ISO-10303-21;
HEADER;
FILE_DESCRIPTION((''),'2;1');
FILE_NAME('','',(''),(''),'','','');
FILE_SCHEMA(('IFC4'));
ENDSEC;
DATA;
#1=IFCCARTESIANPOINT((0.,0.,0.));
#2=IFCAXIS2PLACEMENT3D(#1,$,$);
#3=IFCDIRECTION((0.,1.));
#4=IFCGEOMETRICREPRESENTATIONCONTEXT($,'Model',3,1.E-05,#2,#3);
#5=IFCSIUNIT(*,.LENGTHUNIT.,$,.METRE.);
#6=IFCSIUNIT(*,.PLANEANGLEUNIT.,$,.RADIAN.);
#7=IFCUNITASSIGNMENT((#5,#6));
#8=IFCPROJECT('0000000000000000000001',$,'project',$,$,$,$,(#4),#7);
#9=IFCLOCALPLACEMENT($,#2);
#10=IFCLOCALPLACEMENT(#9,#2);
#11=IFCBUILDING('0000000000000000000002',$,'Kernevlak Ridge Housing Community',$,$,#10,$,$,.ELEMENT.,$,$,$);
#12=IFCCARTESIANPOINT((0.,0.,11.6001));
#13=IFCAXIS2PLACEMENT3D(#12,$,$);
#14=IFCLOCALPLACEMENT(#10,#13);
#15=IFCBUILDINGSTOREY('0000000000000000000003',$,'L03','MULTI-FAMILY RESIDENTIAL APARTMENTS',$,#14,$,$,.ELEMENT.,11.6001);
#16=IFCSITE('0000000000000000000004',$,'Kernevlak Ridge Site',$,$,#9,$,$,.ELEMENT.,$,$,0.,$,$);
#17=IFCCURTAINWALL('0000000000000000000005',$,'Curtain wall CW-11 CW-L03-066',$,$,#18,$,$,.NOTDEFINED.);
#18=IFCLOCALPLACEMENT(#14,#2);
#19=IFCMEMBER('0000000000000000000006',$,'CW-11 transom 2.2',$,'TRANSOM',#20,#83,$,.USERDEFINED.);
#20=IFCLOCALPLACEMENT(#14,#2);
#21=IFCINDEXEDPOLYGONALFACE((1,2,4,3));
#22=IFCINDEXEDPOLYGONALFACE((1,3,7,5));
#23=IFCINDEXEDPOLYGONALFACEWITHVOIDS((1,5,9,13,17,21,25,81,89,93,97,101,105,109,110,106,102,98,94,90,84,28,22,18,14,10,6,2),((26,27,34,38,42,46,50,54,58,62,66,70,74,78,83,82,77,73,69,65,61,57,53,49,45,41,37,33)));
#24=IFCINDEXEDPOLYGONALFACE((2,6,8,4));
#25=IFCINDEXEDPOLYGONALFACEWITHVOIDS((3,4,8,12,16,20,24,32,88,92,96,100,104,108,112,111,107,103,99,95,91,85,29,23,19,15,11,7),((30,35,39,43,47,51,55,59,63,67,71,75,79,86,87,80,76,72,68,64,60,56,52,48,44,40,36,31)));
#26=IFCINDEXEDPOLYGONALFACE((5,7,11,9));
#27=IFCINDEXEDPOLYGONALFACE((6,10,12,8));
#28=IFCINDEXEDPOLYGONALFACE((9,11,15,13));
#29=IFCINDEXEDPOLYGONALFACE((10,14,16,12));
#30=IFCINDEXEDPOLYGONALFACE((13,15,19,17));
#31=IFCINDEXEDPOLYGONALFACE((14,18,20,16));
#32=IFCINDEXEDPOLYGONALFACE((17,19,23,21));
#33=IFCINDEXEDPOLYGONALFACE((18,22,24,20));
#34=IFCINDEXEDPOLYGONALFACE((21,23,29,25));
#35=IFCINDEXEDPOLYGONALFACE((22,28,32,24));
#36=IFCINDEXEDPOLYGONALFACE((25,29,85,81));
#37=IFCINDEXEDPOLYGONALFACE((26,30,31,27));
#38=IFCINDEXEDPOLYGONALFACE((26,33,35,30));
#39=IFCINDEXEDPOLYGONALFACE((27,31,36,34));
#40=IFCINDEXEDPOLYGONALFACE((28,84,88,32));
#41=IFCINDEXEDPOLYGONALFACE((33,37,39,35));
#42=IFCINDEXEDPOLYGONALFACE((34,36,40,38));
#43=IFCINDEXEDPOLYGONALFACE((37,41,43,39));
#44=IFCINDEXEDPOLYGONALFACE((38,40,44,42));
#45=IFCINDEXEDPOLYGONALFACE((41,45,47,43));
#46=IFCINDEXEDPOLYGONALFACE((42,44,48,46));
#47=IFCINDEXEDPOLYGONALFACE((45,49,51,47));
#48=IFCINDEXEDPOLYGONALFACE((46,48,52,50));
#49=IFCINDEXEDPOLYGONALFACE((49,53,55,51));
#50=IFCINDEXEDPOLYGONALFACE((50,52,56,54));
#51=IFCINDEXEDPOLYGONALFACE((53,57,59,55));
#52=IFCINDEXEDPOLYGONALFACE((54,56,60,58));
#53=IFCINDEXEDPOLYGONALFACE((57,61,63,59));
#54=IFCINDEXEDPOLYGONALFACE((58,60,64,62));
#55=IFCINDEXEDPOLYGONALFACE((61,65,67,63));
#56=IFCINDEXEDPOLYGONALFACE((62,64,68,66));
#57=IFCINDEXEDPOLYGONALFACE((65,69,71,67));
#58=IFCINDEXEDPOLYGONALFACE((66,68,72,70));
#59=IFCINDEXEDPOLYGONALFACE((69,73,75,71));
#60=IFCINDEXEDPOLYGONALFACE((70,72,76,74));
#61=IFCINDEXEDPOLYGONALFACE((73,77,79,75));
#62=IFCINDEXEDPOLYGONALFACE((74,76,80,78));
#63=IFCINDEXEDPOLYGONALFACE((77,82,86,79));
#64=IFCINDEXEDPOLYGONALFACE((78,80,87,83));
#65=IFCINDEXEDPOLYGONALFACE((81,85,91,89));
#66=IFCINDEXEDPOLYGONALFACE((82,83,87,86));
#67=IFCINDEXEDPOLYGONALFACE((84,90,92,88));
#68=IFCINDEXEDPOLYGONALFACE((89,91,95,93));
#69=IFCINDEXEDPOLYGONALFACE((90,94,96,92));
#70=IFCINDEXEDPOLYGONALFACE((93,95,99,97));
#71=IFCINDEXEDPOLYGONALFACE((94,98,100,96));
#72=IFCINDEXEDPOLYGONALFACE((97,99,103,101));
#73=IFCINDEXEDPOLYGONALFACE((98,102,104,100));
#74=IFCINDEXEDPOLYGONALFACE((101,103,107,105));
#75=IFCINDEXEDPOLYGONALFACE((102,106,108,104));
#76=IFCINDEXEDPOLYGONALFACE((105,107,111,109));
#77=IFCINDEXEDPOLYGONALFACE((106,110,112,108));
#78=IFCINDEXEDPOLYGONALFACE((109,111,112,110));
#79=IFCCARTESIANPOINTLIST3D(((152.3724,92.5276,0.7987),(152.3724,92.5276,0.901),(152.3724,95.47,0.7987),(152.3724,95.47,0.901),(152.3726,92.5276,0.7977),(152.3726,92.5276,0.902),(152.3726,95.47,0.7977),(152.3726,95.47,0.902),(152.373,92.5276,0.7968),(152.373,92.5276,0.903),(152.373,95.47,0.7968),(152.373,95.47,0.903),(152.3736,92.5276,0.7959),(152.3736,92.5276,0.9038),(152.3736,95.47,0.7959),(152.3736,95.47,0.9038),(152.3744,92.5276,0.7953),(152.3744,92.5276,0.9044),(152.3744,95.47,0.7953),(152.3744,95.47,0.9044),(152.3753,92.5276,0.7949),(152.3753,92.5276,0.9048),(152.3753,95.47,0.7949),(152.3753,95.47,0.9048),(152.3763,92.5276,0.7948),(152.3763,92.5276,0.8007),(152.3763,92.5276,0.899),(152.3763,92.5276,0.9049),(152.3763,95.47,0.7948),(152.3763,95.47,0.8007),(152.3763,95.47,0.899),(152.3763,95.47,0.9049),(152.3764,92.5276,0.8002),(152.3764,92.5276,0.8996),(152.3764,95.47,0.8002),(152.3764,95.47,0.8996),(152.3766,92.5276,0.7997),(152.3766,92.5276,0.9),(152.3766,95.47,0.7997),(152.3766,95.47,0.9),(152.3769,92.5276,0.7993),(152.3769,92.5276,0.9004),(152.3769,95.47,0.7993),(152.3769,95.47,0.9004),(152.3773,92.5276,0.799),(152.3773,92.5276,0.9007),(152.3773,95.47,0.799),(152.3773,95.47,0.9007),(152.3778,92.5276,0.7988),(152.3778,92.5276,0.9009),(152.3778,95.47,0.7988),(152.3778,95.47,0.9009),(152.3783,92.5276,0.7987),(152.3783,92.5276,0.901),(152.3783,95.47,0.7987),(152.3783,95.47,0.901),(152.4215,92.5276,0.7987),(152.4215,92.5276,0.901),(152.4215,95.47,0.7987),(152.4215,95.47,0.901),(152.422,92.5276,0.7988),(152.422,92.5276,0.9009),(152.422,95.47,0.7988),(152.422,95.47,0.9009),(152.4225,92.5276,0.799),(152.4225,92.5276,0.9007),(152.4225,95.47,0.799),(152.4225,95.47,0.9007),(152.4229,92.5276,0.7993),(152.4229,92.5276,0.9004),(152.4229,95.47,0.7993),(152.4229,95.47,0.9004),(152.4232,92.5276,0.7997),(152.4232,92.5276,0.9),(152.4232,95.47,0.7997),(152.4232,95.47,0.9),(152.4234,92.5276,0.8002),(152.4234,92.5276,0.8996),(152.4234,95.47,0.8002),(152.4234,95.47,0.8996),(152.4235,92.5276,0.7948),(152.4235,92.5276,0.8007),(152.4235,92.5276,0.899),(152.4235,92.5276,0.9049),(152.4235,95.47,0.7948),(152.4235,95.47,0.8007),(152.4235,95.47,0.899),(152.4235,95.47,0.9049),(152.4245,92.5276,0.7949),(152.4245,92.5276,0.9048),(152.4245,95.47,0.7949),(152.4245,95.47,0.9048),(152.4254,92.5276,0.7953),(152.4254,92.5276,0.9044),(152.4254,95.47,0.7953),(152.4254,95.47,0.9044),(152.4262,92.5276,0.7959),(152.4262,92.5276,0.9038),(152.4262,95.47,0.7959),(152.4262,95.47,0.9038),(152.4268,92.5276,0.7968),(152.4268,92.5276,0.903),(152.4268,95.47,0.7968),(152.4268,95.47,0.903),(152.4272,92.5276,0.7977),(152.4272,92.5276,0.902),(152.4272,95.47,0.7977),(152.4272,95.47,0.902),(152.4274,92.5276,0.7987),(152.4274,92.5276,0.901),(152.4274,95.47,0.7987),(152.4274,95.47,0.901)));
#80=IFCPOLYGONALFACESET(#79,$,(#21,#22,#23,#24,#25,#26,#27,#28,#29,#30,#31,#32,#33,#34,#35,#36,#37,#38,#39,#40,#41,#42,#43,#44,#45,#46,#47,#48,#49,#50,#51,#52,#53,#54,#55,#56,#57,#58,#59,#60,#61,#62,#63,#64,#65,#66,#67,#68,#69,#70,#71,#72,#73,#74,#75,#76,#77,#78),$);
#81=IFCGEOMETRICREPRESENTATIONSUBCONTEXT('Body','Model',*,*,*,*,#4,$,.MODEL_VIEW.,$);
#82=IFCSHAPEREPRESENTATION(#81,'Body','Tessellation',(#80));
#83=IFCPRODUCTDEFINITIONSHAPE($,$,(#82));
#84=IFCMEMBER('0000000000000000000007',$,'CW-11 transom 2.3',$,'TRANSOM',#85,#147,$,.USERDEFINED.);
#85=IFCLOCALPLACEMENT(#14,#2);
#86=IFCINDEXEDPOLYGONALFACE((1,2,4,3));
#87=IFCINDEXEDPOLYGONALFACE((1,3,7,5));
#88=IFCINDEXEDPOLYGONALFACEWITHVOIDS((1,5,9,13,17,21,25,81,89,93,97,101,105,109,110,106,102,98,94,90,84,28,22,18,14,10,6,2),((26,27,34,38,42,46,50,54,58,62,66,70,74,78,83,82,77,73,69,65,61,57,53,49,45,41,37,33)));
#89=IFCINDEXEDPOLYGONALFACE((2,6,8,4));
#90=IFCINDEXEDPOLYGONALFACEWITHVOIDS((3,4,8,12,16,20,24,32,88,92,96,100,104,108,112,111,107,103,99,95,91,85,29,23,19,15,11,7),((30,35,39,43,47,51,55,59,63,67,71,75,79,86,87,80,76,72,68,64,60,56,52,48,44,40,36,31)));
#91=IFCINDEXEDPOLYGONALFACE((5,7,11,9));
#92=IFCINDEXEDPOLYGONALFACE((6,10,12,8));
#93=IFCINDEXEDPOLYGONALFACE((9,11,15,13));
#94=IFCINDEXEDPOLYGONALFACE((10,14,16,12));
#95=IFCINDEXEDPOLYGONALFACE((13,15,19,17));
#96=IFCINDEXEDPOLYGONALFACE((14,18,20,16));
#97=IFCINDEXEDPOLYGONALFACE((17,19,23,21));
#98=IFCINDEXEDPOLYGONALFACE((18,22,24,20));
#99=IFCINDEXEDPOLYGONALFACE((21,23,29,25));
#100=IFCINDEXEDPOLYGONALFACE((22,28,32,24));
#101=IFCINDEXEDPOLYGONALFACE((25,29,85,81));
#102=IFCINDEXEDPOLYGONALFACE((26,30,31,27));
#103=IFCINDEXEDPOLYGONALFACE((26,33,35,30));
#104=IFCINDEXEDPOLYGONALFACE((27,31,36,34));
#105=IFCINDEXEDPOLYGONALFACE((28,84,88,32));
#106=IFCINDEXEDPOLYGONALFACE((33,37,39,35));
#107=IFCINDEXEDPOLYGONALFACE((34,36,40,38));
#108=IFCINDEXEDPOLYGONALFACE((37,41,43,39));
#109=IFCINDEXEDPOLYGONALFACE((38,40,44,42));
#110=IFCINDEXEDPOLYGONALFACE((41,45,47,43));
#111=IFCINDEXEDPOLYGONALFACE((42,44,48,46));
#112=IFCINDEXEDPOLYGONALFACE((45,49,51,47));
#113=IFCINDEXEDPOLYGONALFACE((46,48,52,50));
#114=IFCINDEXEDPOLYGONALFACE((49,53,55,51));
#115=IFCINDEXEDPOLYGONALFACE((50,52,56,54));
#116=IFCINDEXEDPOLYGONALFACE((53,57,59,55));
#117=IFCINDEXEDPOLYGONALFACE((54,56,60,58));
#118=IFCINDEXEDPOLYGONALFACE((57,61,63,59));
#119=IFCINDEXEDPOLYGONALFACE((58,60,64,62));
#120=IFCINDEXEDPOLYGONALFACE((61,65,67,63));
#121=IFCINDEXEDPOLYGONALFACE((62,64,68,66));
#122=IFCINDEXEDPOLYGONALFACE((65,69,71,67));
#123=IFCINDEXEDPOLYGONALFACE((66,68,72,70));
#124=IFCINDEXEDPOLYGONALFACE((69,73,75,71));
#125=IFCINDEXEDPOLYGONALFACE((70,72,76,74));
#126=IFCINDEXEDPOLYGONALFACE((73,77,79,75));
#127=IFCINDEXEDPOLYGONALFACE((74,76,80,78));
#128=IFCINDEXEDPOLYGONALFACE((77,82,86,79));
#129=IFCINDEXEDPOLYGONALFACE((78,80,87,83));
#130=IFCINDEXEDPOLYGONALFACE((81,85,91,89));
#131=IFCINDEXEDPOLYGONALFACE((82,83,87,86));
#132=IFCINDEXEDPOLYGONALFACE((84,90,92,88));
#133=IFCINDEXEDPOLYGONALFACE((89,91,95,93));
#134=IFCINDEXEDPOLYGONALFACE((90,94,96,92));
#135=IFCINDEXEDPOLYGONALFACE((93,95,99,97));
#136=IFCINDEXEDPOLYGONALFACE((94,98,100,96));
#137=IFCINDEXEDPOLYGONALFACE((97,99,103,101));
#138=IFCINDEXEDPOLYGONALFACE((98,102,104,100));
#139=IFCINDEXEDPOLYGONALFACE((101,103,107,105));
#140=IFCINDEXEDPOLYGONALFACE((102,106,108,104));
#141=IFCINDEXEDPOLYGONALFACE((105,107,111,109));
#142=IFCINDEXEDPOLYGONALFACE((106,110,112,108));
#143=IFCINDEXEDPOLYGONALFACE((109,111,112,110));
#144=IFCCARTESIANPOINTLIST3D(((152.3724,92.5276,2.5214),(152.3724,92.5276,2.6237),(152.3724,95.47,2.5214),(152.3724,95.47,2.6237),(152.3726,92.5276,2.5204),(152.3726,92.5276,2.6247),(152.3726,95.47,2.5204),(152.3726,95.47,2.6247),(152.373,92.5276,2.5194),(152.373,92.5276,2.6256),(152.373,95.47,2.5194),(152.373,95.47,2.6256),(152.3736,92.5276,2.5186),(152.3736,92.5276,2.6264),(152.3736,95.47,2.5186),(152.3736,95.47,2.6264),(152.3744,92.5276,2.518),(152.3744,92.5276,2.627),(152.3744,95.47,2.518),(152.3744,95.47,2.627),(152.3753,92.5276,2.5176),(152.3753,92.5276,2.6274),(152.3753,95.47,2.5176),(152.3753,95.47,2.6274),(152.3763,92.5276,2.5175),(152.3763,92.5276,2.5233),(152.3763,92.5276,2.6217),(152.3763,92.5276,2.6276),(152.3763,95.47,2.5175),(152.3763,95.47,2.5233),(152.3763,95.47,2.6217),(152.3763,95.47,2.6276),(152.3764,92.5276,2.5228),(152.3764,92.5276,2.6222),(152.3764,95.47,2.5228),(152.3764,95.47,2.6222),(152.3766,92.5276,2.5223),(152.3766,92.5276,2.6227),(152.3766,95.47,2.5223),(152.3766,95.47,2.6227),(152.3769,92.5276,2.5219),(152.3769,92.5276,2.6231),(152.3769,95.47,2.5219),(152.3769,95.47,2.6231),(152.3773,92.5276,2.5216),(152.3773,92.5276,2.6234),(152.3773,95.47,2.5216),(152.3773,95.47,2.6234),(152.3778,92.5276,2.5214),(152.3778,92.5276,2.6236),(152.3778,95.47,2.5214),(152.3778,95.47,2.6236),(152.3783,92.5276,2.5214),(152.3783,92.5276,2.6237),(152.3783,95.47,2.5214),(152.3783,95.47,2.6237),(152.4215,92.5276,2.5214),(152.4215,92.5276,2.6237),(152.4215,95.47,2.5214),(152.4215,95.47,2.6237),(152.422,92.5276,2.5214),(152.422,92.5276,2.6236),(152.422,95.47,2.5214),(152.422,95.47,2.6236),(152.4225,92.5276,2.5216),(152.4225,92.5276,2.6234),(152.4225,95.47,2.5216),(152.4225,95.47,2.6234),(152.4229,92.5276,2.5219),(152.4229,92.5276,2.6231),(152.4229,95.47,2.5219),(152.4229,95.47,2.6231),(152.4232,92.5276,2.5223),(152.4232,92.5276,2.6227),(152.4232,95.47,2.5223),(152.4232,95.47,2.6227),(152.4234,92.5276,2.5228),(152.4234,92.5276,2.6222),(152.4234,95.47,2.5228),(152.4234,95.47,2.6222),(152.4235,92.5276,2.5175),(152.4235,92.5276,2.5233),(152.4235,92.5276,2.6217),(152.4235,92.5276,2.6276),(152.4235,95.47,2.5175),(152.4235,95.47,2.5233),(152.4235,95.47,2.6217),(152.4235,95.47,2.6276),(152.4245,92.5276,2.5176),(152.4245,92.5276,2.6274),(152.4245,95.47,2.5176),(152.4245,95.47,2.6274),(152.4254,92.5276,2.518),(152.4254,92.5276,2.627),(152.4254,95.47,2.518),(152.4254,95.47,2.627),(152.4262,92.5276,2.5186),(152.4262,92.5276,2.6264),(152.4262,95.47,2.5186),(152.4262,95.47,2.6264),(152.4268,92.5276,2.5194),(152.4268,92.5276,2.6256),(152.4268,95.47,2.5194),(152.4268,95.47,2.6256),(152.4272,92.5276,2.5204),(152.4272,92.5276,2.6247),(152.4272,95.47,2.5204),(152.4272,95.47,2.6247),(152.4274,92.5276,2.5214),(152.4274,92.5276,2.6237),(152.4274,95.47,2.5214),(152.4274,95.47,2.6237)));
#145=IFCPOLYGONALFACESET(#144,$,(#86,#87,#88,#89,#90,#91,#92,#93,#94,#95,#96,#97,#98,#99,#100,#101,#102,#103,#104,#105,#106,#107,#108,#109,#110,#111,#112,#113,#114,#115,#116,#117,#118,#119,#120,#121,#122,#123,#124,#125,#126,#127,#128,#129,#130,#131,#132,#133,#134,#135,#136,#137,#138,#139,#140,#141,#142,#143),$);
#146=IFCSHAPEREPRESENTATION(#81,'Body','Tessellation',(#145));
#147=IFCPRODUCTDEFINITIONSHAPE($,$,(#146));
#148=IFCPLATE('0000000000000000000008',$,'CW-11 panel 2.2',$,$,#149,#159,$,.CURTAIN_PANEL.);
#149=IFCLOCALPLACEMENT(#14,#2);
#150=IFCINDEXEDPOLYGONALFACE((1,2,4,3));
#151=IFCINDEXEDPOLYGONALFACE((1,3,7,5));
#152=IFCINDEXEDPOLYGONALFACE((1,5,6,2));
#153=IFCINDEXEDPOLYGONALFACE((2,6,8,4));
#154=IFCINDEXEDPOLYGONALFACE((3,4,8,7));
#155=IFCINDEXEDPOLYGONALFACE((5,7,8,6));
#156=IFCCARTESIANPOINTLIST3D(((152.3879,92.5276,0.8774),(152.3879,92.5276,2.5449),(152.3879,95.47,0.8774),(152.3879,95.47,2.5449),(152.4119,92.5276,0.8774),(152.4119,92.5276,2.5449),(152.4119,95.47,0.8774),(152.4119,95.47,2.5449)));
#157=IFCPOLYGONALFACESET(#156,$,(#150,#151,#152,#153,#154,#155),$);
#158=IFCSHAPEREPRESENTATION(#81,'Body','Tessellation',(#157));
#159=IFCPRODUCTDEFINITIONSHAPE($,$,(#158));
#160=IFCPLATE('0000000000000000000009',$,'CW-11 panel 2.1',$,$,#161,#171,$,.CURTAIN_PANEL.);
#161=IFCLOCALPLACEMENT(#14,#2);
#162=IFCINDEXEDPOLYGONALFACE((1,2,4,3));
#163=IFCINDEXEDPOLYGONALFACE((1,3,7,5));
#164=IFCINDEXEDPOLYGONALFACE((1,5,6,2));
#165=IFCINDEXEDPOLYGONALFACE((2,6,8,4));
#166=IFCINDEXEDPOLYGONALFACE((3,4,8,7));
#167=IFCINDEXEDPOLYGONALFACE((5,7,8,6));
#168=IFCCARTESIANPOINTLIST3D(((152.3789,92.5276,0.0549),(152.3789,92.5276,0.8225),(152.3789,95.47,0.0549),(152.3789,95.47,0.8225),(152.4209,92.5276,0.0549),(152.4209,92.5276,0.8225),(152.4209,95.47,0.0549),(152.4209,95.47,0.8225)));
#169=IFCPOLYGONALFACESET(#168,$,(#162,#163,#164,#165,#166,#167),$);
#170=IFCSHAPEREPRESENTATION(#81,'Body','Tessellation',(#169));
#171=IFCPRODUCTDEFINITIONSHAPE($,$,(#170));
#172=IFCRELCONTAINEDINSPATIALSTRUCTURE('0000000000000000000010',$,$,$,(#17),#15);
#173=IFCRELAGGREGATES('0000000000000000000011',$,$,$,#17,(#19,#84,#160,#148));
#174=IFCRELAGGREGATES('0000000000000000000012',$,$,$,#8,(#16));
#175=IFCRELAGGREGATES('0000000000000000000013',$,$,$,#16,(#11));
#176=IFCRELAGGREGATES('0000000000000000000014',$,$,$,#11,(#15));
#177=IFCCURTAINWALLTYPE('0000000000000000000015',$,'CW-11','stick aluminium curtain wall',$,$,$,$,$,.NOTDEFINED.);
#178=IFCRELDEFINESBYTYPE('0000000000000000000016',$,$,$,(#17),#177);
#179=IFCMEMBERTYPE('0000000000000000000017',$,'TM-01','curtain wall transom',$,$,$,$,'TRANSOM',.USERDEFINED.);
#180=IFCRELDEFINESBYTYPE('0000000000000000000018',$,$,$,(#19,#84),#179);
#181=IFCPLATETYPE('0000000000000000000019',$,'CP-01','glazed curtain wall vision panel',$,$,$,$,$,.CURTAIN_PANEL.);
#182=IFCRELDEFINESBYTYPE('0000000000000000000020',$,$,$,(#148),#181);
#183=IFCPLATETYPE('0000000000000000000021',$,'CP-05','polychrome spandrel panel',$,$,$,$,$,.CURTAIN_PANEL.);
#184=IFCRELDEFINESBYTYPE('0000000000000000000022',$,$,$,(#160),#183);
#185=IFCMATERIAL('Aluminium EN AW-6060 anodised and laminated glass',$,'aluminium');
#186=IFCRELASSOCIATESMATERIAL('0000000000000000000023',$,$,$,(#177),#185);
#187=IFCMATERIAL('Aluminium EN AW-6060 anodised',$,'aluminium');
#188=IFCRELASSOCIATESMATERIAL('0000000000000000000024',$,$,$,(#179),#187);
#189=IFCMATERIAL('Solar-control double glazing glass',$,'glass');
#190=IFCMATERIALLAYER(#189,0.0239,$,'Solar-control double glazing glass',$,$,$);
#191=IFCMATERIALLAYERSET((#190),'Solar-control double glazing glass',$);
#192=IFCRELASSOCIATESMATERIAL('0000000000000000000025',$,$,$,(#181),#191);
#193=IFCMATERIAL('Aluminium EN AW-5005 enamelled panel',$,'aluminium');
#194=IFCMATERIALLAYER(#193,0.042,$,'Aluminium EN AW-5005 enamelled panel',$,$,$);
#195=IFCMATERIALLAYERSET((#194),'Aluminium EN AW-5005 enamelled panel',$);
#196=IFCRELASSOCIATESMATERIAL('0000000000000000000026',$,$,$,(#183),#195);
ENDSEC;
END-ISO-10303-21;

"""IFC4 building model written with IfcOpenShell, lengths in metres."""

from ifc_helpers import new_model, si_unit, direction, frame, origin, origin_2d, place, context, subcontext, project, spatial, rectangle, hollow_rectangle, extrude, material, layer, layer_set, material_profile, profile_set, type_object, element, aggregate, save


model = new_model("IFC4")

# Units and contexts
model_context = context("Model", 3, precision=1e-05, world=origin(), true_north=direction((0.0, 1.0)))
body_context = subcontext(model_context, "Body", "Model", "MODEL_VIEW")
ifc_project = project(units=[si_unit("LENGTHUNIT", "METRE"), si_unit("PLANEANGLEUNIT", "RADIAN")], contexts=[model_context])

# Site, building, storey
site_placement = place(None, origin())
site = spatial("IfcSite", under=ifc_project, at=site_placement, Name="Kernevlak Ridge Site", CompositionType="ELEMENT", RefElevation=0.0)
building_placement = place(site_placement, origin())
building = spatial("IfcBuilding", under=site, at=building_placement, Name="Kernevlak Ridge Housing Community", CompositionType="ELEMENT")
storey_placement = place(building_placement, frame((0.0, 0.0, 11.6001)))
storey = spatial("IfcBuildingStorey", under=building, at=storey_placement, Name="L03", Description="MULTI-FAMILY RESIDENTIAL APARTMENTS", CompositionType="ELEMENT", Elevation=11.6001)

# Curtain wall
ifc_material_1 = material(Name="Aluminium EN AW-6060 anodised and laminated glass", Category="aluminium")
curtain_wall_type = type_object("IfcCurtainWallType", Name="CW-11", Description="stick aluminium curtain wall", PredefinedType="NOTDEFINED", material=ifc_material_1)
curtain_wall_placement = place(storey_placement, origin())
curtain_wall = element("IfcCurtainWall", 1, at=curtain_wall_placement, inside=storey, type_object=curtain_wall_type, Name="Curtain wall CW-11 CW-L03-066", PredefinedType="NOTDEFINED")
ifc_material_2 = material(Name="Aluminium EN AW-6060 anodised", Category="aluminium")

# Members
ifc_material_profile_1 = material_profile(ifc_material_2, hollow_rectangle(XDim=0.0549, YDim=0.1101, WallThickness=0.0039, InnerFilletRadius=0.002, OuterFilletRadius=0.0039, at=origin_2d()), Name="ALU 55x110x4")
ifc_profile_set_1 = profile_set([ifc_material_profile_1], Name="Aluminium EN AW-6060 anodised")
member_type_1 = type_object("IfcMemberType", Name="TM-01", Description="curtain wall transom", ElementType="TRANSOM", PredefinedType="USERDEFINED", material=ifc_profile_set_1)
member_1_placement = place(storey_placement, frame((152.3999, 92.5276, 0.8499), z_axis=(0.0, 1.0, 0.0), x_axis=(-1.0, 0.0, 0.0)))
member_1 = element("IfcMember", 2, at=member_1_placement, type_object=member_type_1, Name="CW-11 transom 2.2", ObjectType="TRANSOM", PredefinedType="USERDEFINED", context=body_context, shape_type="SweptSolid", body=[
    extrude(hollow_rectangle(XDim=0.0549, YDim=0.1101, WallThickness=0.0039, InnerFilletRadius=0.002, OuterFilletRadius=0.0039, at=origin_2d()), origin(), (0.0, 0.0, 1.0), 2.9424),
])
member_2_placement = place(storey_placement, frame((152.3999, 92.5276, 2.5725), z_axis=(0.0, 1.0, 0.0), x_axis=(-1.0, 0.0, 0.0)))
member_2 = element("IfcMember", 3, at=member_2_placement, type_object=member_type_1, Name="CW-11 transom 2.3", ObjectType="TRANSOM", PredefinedType="USERDEFINED", context=body_context, shape_type="SweptSolid", body=[
    extrude(hollow_rectangle(XDim=0.0549, YDim=0.1101, WallThickness=0.0039, InnerFilletRadius=0.002, OuterFilletRadius=0.0039, at=origin_2d()), origin(), (0.0, 0.0, 1.0), 2.9424),
])

# Plates
ifc_material_3 = material(Name="Solar-control double glazing glass", Category="glass")
ifc_layer_1 = layer(ifc_material_3, 0.0239, Name="Solar-control double glazing glass")
ifc_layer_set_1 = layer_set([ifc_layer_1], Name="Solar-control double glazing glass")
plate_type_1 = type_object("IfcPlateType", Name="CP-01", Description="glazed curtain wall vision panel", PredefinedType="CURTAIN_PANEL", material=ifc_layer_set_1)
plate_1_placement = place(storey_placement, frame((152.3999, 93.9988, 0.8774), z_axis=(0.0, 0.0, 1.0), x_axis=(0.0, 1.0, 0.0)))
plate_1 = element("IfcPlate", 4, at=plate_1_placement, type_object=plate_type_1, Name="CW-11 panel 2.2", PredefinedType="CURTAIN_PANEL", context=body_context, shape_type="SweptSolid", body=[
    extrude(rectangle(XDim=2.9424, YDim=0.0239, at=origin_2d()), origin(), (0.0, 0.0, 1.0), 1.6675),
])
ifc_material_4 = material(Name="Aluminium EN AW-5005 enamelled panel", Category="aluminium")
ifc_layer_2 = layer(ifc_material_4, 0.042, Name="Aluminium EN AW-5005 enamelled panel")
ifc_layer_set_2 = layer_set([ifc_layer_2], Name="Aluminium EN AW-5005 enamelled panel")
plate_type_2 = type_object("IfcPlateType", Name="CP-05", Description="polychrome spandrel panel", PredefinedType="CURTAIN_PANEL", material=ifc_layer_set_2)
plate_2_placement = place(storey_placement, frame((152.3999, 93.9988, 0.0549), z_axis=(0.0, 0.0, 1.0), x_axis=(0.0, 1.0, 0.0)))
plate_2 = element("IfcPlate", 5, at=plate_2_placement, type_object=plate_type_2, Name="CW-11 panel 2.1", PredefinedType="CURTAIN_PANEL", context=body_context, shape_type="SweptSolid", body=[
    extrude(rectangle(XDim=2.9424, YDim=0.042, at=origin_2d()), origin(), (0.0, 0.0, 1.0), 0.7676),
])
aggregate(curtain_wall, [member_1, member_2, plate_2, plate_1])

save(model, "model.ifc")
